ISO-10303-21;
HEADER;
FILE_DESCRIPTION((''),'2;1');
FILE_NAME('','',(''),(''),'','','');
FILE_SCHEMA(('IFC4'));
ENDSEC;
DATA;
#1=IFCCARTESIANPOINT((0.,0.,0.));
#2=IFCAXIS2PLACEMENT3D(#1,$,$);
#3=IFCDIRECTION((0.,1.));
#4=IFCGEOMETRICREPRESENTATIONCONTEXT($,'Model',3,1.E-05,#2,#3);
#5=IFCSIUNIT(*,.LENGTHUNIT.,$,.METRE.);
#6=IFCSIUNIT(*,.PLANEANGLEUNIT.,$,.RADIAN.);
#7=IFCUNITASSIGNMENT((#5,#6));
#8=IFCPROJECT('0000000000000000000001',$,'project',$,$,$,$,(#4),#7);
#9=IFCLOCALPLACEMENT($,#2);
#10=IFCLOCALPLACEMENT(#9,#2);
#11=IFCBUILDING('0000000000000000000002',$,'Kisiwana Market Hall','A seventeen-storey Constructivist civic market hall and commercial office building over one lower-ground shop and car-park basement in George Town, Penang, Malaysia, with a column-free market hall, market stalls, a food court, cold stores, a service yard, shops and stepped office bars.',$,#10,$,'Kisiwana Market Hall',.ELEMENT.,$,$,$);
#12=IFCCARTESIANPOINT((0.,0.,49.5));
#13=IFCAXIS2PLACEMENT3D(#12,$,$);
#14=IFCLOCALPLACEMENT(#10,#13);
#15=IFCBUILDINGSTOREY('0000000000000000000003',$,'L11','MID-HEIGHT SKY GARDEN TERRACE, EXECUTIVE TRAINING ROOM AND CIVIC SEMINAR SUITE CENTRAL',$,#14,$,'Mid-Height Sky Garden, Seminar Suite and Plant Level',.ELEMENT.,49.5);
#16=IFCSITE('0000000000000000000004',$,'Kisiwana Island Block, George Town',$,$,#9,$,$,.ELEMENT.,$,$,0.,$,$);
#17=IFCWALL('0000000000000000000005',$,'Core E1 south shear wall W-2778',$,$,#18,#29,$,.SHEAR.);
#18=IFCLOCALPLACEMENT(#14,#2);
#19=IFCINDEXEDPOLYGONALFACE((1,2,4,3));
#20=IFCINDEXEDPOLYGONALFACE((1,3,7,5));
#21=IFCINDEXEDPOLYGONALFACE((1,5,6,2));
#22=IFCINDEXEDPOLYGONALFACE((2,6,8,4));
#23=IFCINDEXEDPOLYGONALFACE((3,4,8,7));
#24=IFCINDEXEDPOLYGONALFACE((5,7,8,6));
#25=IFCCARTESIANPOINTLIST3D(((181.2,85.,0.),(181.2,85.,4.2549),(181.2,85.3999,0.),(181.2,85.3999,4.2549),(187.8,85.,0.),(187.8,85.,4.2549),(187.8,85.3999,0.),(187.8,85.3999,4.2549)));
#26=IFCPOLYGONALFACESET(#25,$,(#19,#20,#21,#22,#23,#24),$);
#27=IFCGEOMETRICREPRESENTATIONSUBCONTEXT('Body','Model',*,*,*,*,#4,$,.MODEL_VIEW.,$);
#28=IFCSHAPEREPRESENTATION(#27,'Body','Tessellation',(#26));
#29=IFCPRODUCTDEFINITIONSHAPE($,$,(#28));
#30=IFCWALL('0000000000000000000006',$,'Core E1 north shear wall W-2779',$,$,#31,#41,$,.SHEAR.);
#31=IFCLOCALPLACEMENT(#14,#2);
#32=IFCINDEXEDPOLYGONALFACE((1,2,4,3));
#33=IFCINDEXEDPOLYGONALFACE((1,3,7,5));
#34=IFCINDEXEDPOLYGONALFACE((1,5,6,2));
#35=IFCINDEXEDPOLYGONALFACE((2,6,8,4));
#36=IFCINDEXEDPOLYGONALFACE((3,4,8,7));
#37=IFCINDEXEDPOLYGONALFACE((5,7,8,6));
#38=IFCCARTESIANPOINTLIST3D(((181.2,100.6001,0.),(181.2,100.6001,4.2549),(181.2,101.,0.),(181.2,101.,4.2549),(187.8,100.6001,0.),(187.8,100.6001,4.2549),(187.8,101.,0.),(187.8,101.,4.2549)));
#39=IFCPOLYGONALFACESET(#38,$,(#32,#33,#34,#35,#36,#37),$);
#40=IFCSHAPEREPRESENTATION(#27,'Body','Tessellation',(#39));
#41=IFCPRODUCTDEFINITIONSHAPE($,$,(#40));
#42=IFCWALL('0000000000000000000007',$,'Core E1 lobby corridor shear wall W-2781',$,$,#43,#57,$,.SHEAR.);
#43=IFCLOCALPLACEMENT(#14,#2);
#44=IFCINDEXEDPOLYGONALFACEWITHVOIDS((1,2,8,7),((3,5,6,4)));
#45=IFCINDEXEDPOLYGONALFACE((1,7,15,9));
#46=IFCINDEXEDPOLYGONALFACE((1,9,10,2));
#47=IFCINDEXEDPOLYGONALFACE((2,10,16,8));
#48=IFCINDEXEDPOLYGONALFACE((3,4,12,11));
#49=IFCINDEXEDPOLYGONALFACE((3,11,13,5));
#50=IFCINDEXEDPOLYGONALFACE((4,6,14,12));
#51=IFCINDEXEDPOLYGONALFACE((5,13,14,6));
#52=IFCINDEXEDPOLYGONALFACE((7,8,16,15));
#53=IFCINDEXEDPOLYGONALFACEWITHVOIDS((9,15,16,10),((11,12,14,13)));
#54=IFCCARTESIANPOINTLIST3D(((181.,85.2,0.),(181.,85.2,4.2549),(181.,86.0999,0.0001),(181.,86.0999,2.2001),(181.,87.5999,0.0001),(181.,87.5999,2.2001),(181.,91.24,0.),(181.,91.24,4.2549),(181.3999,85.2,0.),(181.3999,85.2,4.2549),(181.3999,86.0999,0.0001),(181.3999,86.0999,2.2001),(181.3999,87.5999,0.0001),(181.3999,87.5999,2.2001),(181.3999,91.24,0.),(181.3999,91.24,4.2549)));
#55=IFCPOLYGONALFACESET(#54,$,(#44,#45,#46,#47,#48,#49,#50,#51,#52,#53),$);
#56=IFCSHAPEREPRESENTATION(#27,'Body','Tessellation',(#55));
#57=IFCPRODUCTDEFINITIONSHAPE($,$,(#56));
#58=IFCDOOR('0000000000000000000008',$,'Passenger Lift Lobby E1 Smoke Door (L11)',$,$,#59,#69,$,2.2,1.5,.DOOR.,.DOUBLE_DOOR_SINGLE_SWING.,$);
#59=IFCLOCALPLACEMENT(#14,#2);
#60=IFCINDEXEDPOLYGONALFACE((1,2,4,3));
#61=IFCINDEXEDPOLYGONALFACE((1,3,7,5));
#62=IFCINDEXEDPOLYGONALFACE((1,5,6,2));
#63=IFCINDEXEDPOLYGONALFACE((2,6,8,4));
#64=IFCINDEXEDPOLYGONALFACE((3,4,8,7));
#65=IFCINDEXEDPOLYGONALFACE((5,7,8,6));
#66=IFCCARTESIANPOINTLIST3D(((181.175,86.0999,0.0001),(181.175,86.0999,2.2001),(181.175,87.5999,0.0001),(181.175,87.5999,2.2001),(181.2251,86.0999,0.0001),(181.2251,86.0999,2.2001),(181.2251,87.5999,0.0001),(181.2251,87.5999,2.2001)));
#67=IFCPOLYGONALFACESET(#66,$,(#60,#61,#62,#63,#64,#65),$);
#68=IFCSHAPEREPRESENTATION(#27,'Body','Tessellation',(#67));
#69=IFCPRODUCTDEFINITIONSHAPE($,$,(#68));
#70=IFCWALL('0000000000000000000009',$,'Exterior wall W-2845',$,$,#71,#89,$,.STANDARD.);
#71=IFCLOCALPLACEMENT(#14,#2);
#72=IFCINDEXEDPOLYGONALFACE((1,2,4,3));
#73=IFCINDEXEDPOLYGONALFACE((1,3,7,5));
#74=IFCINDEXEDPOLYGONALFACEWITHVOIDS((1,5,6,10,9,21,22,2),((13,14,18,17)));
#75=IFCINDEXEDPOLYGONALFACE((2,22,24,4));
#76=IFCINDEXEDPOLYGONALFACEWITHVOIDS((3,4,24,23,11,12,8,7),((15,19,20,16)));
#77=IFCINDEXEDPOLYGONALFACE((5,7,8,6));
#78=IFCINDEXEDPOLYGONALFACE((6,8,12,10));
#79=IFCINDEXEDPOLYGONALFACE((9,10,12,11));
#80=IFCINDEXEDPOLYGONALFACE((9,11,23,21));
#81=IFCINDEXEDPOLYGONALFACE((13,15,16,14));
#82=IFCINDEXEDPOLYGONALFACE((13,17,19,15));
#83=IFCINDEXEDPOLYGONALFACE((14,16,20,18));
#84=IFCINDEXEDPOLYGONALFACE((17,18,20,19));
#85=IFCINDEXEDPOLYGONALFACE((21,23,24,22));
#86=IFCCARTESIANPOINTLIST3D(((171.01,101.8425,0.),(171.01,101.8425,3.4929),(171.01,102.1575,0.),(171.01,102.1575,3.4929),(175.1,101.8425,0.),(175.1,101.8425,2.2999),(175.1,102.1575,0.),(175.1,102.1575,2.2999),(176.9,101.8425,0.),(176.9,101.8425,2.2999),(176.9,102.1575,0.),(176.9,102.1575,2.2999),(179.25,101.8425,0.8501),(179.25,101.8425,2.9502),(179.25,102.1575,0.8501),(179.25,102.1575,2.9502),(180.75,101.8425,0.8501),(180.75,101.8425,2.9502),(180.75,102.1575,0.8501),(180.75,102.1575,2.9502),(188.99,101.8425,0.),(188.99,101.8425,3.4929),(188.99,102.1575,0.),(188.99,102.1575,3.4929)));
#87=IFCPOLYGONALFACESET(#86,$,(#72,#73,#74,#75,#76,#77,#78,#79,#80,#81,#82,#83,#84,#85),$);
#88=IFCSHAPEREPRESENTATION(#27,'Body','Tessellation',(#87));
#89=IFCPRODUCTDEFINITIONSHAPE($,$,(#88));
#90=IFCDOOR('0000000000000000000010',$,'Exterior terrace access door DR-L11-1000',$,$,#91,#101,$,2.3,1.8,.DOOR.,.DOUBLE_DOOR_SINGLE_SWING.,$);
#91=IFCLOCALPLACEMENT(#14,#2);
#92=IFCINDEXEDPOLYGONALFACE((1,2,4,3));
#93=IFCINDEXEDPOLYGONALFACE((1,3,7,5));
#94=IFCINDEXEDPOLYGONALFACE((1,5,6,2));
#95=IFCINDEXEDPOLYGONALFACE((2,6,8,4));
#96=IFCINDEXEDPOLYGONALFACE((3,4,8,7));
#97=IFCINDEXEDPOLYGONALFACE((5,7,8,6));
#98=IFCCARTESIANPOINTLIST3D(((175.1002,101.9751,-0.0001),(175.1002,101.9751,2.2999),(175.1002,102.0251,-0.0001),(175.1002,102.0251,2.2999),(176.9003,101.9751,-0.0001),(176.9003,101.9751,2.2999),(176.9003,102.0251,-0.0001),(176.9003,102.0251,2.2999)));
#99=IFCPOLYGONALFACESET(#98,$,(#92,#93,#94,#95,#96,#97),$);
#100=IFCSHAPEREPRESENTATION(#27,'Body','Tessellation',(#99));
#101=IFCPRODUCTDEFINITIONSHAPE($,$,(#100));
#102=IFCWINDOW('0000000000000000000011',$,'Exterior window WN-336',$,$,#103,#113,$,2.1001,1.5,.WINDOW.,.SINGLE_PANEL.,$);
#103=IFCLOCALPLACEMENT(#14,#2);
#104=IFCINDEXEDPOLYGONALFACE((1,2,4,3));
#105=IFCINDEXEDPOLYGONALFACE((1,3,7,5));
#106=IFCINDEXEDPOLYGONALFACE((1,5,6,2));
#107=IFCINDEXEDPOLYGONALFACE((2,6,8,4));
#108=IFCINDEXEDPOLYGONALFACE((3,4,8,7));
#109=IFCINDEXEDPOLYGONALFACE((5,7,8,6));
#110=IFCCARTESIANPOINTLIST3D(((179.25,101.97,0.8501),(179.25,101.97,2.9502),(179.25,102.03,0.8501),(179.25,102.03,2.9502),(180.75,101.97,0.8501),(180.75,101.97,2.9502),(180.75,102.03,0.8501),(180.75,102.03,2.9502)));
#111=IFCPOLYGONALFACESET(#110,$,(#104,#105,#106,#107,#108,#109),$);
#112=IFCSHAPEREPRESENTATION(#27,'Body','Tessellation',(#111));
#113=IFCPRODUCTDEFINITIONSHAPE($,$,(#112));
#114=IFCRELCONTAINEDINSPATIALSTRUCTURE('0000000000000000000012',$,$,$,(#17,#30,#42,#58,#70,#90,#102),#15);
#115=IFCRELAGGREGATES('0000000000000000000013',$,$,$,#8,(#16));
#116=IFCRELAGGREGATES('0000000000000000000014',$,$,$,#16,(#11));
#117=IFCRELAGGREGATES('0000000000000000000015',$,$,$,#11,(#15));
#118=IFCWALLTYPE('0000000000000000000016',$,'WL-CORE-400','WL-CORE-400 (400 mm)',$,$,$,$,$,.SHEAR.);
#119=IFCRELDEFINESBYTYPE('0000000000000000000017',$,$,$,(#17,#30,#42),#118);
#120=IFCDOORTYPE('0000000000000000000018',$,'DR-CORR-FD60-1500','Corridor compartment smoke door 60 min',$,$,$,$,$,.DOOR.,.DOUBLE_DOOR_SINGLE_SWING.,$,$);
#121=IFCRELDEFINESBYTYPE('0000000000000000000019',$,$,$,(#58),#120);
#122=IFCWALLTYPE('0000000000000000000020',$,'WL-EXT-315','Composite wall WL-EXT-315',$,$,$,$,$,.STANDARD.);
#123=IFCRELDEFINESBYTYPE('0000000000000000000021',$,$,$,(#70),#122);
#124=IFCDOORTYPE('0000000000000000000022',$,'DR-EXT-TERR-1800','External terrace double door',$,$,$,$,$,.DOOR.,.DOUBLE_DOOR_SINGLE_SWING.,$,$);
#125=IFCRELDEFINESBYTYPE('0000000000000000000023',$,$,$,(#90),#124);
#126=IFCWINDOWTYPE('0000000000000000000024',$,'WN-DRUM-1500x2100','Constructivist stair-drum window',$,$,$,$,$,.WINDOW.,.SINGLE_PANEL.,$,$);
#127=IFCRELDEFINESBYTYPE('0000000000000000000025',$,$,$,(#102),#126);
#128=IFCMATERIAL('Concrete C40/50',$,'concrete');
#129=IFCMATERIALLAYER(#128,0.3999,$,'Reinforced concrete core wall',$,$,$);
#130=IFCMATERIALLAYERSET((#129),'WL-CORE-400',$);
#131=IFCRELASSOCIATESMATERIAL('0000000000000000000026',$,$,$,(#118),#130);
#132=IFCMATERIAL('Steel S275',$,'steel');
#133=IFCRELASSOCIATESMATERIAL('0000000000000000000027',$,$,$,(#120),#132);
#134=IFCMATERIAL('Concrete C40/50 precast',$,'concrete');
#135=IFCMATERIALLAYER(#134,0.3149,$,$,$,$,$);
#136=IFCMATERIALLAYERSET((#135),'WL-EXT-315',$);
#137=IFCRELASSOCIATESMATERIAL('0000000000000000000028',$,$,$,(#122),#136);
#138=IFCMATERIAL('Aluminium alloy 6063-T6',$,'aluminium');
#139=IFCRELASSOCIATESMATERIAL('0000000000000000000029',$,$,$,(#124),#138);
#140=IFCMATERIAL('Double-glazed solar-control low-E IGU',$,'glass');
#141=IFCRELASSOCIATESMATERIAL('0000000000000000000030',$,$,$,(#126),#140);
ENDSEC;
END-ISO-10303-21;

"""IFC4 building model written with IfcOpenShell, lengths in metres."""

from ifc_helpers import new_model, si_unit, direction, frame, frame_2d, origin, place, context, subcontext, project, spatial, rectangle, extrude, material, layer, layer_set, type_object, element, fill, save


model = new_model("IFC4")

# Units and contexts
model_context = context("Model", 3, precision=1e-05, world=origin(), true_north=direction((0.0, 1.0)))
body_context = subcontext(model_context, "Body", "Model", "MODEL_VIEW")
ifc_project = project(units=[si_unit("LENGTHUNIT", "METRE"), si_unit("PLANEANGLEUNIT", "RADIAN")], contexts=[model_context])

# Site, building, storey
site_placement = place(None, origin())
site = spatial("IfcSite", under=ifc_project, at=site_placement, Name="Kisiwana Island Block, George Town", CompositionType="ELEMENT", RefElevation=0.0)
building_placement = place(site_placement, origin())
building = spatial("IfcBuilding", under=site, at=building_placement, Name="Kisiwana Market Hall", Description="A seventeen-storey Constructivist civic market hall and commercial office building over one lower-ground shop and car-park basement in George Town, Penang, Malaysia, with a column-free market hall, market stalls, a food court, cold stores, a service yard, shops and stepped office bars.", LongName="Kisiwana Market Hall", CompositionType="ELEMENT")
storey_placement = place(building_placement, frame((0.0, 0.0, 49.5)))
storey = spatial("IfcBuildingStorey", under=building, at=storey_placement, Name="L11", Description="MID-HEIGHT SKY GARDEN TERRACE, EXECUTIVE TRAINING ROOM AND CIVIC SEMINAR SUITE CENTRAL", LongName="Mid-Height Sky Garden, Seminar Suite and Plant Level", CompositionType="ELEMENT", Elevation=49.5)

# Walls
ifc_material_1 = material(Name="Concrete C40/50", Category="concrete")
ifc_layer_1 = layer(ifc_material_1, 0.3999, Name="Reinforced concrete core wall")
ifc_layer_set_1 = layer_set([ifc_layer_1], Name="WL-CORE-400")
wall_type_1 = type_object("IfcWallType", Name="WL-CORE-400", Description="WL-CORE-400 (400 mm)", PredefinedType="SHEAR", material=ifc_layer_set_1)
for number, where, z_axis, x_axis, name in (
    (1, (181.2, 85.2, 0.0), (0.0, 0.0, 1.0), (1.0, 0.0, 0.0), "Core E1 south shear wall W-2778"),
    (2, (181.2, 100.8, 0.0), (0.0, 0.0, 1.0), (1.0, 0.0, 0.0), "Core E1 north shear wall W-2779"),
):
    element("IfcWall", number, at=place(storey_placement, frame(where, z_axis=z_axis, x_axis=x_axis)), inside=storey, type_object=wall_type_1, Name=name, PredefinedType="SHEAR", context=body_context, shape_type="SweptSolid", body=[
        extrude(rectangle(XDim=6.6001, YDim=0.3999, at=frame_2d((3.3, 0.0))), origin(), (0.0, 0.0, 1.0), 4.2549),
    ])

# Wall, opening, door
wall_1_placement = place(storey_placement, frame((181.2, 85.2, 0.0), z_axis=(0.0, 0.0, 1.0), x_axis=(0.0, 1.0, 0.0)))
wall_1 = element("IfcWall", 3, at=wall_1_placement, inside=storey, type_object=wall_type_1, Name="Core E1 lobby corridor shear wall W-2781", PredefinedType="SHEAR", context=body_context, shape_type="SweptSolid", body=[
    extrude(rectangle(XDim=6.04, YDim=0.3999, at=frame_2d((3.02, 0.0))), origin(), (0.0, 0.0, 1.0), 4.2549),
])
opening_1_placement = place(wall_1_placement, frame((0.8999, 0.0, 0.0)))
opening_1 = element("IfcOpeningElement", 4, at=opening_1_placement, cuts=wall_1, PredefinedType="OPENING", context=body_context, shape_type="SweptSolid", body=[
    extrude(rectangle(XDim=1.5, YDim=2.2, at=frame_2d((0.75, 1.1001))), frame((0.0, 0.2119, 0.0), z_axis=(0.0, -1.0, 0.0), x_axis=(1.0, 0.0, 0.0)), (0.0, 0.0, 1.0), 0.4238),
])
ifc_material_2 = material(Name="Steel S275", Category="steel")
door_type_1 = type_object("IfcDoorType", Name="DR-CORR-FD60-1500", Description="Corridor compartment smoke door 60 min", OperationType="DOUBLE_DOOR_SINGLE_SWING", PredefinedType="DOOR", material=ifc_material_2)
door_1_placement = place(opening_1_placement, origin())
door_1 = element("IfcDoor", 5, at=door_1_placement, inside=storey, type_object=door_type_1, Name="Passenger Lift Lobby E1 Smoke Door (L11)", OperationType="DOUBLE_DOOR_SINGLE_SWING", OverallHeight=2.2, OverallWidth=1.5, PredefinedType="DOOR", context=body_context, shape_type="SweptSolid", body=[
    extrude(rectangle(XDim=1.5, YDim=2.2, at=frame_2d((0.75, 1.1001))), frame((0.0, 0.0249, 0.0), z_axis=(0.0, -1.0, 0.0), x_axis=(1.0, 0.0, 0.0)), (0.0, 0.0, 1.0), 0.05),
])
fill(opening_1, door_1)

# Wall, openings, door, window
ifc_material_3 = material(Name="Concrete C40/50 precast", Category="concrete")
ifc_layer_2 = layer(ifc_material_3, 0.3149)
ifc_layer_set_2 = layer_set([ifc_layer_2], Name="WL-EXT-315")
wall_type_2 = type_object("IfcWallType", Name="WL-EXT-315", Description="Composite wall WL-EXT-315", PredefinedType="STANDARD", material=ifc_layer_set_2)
wall_2_placement = place(storey_placement, frame((171.01, 102.0, 0.0), z_axis=(0.0, 0.0, 1.0), x_axis=(1.0, 0.0, 0.0)))
wall_2 = element("IfcWall", 6, at=wall_2_placement, inside=storey, type_object=wall_type_2, Name="Exterior wall W-2845", PredefinedType="STANDARD", context=body_context, shape_type="SweptSolid", body=[
    extrude(rectangle(XDim=17.98, YDim=0.3149, at=frame_2d((8.99, 0.0))), origin(), (0.0, 0.0, 1.0), 3.4929),
])
opening_2_placement = place(wall_2_placement, frame((8.24, 0.0, 0.8501)))
opening_2 = element("IfcOpeningElement", 7, at=opening_2_placement, cuts=wall_2, PredefinedType="OPENING", context=body_context, shape_type="SweptSolid", body=[
    extrude(rectangle(XDim=1.5, YDim=2.1001, at=frame_2d((0.75, 1.05))), frame((0.0, 0.1694, 0.0), z_axis=(0.0, -1.0, 0.0), x_axis=(1.0, 0.0, 0.0)), (0.0, 0.0, 1.0), 0.3389),
])
opening_3_placement = place(wall_2_placement, frame((4.0901, 0.0, 0.0)))
opening_3 = element("IfcOpeningElement", 8, at=opening_3_placement, cuts=wall_2, PredefinedType="OPENING", context=body_context, shape_type="SweptSolid", body=[
    extrude(rectangle(XDim=1.8, YDim=2.3, at=frame_2d((0.8999, 1.1499))), frame((0.0, 0.1694, 0.0), z_axis=(0.0, -1.0, 0.0), x_axis=(1.0, 0.0, 0.0)), (0.0, 0.0, 1.0), 0.3389),
])
ifc_material_4 = material(Name="Aluminium alloy 6063-T6", Category="aluminium")
door_type_2 = type_object("IfcDoorType", Name="DR-EXT-TERR-1800", Description="External terrace double door", OperationType="DOUBLE_DOOR_SINGLE_SWING", PredefinedType="DOOR", material=ifc_material_4)
door_2_placement = place(opening_3_placement, frame((1.8, 0.0, 0.0), z_axis=(0.0, 0.0, 1.0), x_axis=(-1.0, 0.0, 0.0)))
door_2 = element("IfcDoor", 9, at=door_2_placement, inside=storey, type_object=door_type_2, Name="Exterior terrace access door DR-L11-1000", OperationType="DOUBLE_DOOR_SINGLE_SWING", OverallHeight=2.3, OverallWidth=1.8, PredefinedType="DOOR", context=body_context, shape_type="SweptSolid", body=[
    extrude(rectangle(XDim=1.8, YDim=2.3, at=frame_2d((0.8999, 1.1499))), frame((0.0, 0.0249, 0.0), z_axis=(0.0, -1.0, 0.0), x_axis=(1.0, 0.0, 0.0)), (0.0, 0.0, 1.0), 0.05),
])
fill(opening_3, door_2)
ifc_material_5 = material(Name="Double-glazed solar-control low-E IGU", Category="glass")
window_type = type_object("IfcWindowType", Name="WN-DRUM-1500x2100", Description="Constructivist stair-drum window", PartitioningType="SINGLE_PANEL", PredefinedType="WINDOW", material=ifc_material_5)
window_placement = place(opening_2_placement, origin())
window = element("IfcWindow", 10, at=window_placement, inside=storey, type_object=window_type, Name="Exterior window WN-336", OverallHeight=2.1001, OverallWidth=1.5, PartitioningType="SINGLE_PANEL", PredefinedType="WINDOW", context=body_context, shape_type="SweptSolid", body=[
    extrude(rectangle(XDim=1.5, YDim=2.1001, at=frame_2d((0.75, 1.05))), frame((0.0, 0.03, 0.0), z_axis=(0.0, -1.0, 0.0), x_axis=(1.0, 0.0, 0.0)), (0.0, 0.0, 1.0), 0.0601),
])
fill(opening_2, window)

save(model, "model.ifc")
